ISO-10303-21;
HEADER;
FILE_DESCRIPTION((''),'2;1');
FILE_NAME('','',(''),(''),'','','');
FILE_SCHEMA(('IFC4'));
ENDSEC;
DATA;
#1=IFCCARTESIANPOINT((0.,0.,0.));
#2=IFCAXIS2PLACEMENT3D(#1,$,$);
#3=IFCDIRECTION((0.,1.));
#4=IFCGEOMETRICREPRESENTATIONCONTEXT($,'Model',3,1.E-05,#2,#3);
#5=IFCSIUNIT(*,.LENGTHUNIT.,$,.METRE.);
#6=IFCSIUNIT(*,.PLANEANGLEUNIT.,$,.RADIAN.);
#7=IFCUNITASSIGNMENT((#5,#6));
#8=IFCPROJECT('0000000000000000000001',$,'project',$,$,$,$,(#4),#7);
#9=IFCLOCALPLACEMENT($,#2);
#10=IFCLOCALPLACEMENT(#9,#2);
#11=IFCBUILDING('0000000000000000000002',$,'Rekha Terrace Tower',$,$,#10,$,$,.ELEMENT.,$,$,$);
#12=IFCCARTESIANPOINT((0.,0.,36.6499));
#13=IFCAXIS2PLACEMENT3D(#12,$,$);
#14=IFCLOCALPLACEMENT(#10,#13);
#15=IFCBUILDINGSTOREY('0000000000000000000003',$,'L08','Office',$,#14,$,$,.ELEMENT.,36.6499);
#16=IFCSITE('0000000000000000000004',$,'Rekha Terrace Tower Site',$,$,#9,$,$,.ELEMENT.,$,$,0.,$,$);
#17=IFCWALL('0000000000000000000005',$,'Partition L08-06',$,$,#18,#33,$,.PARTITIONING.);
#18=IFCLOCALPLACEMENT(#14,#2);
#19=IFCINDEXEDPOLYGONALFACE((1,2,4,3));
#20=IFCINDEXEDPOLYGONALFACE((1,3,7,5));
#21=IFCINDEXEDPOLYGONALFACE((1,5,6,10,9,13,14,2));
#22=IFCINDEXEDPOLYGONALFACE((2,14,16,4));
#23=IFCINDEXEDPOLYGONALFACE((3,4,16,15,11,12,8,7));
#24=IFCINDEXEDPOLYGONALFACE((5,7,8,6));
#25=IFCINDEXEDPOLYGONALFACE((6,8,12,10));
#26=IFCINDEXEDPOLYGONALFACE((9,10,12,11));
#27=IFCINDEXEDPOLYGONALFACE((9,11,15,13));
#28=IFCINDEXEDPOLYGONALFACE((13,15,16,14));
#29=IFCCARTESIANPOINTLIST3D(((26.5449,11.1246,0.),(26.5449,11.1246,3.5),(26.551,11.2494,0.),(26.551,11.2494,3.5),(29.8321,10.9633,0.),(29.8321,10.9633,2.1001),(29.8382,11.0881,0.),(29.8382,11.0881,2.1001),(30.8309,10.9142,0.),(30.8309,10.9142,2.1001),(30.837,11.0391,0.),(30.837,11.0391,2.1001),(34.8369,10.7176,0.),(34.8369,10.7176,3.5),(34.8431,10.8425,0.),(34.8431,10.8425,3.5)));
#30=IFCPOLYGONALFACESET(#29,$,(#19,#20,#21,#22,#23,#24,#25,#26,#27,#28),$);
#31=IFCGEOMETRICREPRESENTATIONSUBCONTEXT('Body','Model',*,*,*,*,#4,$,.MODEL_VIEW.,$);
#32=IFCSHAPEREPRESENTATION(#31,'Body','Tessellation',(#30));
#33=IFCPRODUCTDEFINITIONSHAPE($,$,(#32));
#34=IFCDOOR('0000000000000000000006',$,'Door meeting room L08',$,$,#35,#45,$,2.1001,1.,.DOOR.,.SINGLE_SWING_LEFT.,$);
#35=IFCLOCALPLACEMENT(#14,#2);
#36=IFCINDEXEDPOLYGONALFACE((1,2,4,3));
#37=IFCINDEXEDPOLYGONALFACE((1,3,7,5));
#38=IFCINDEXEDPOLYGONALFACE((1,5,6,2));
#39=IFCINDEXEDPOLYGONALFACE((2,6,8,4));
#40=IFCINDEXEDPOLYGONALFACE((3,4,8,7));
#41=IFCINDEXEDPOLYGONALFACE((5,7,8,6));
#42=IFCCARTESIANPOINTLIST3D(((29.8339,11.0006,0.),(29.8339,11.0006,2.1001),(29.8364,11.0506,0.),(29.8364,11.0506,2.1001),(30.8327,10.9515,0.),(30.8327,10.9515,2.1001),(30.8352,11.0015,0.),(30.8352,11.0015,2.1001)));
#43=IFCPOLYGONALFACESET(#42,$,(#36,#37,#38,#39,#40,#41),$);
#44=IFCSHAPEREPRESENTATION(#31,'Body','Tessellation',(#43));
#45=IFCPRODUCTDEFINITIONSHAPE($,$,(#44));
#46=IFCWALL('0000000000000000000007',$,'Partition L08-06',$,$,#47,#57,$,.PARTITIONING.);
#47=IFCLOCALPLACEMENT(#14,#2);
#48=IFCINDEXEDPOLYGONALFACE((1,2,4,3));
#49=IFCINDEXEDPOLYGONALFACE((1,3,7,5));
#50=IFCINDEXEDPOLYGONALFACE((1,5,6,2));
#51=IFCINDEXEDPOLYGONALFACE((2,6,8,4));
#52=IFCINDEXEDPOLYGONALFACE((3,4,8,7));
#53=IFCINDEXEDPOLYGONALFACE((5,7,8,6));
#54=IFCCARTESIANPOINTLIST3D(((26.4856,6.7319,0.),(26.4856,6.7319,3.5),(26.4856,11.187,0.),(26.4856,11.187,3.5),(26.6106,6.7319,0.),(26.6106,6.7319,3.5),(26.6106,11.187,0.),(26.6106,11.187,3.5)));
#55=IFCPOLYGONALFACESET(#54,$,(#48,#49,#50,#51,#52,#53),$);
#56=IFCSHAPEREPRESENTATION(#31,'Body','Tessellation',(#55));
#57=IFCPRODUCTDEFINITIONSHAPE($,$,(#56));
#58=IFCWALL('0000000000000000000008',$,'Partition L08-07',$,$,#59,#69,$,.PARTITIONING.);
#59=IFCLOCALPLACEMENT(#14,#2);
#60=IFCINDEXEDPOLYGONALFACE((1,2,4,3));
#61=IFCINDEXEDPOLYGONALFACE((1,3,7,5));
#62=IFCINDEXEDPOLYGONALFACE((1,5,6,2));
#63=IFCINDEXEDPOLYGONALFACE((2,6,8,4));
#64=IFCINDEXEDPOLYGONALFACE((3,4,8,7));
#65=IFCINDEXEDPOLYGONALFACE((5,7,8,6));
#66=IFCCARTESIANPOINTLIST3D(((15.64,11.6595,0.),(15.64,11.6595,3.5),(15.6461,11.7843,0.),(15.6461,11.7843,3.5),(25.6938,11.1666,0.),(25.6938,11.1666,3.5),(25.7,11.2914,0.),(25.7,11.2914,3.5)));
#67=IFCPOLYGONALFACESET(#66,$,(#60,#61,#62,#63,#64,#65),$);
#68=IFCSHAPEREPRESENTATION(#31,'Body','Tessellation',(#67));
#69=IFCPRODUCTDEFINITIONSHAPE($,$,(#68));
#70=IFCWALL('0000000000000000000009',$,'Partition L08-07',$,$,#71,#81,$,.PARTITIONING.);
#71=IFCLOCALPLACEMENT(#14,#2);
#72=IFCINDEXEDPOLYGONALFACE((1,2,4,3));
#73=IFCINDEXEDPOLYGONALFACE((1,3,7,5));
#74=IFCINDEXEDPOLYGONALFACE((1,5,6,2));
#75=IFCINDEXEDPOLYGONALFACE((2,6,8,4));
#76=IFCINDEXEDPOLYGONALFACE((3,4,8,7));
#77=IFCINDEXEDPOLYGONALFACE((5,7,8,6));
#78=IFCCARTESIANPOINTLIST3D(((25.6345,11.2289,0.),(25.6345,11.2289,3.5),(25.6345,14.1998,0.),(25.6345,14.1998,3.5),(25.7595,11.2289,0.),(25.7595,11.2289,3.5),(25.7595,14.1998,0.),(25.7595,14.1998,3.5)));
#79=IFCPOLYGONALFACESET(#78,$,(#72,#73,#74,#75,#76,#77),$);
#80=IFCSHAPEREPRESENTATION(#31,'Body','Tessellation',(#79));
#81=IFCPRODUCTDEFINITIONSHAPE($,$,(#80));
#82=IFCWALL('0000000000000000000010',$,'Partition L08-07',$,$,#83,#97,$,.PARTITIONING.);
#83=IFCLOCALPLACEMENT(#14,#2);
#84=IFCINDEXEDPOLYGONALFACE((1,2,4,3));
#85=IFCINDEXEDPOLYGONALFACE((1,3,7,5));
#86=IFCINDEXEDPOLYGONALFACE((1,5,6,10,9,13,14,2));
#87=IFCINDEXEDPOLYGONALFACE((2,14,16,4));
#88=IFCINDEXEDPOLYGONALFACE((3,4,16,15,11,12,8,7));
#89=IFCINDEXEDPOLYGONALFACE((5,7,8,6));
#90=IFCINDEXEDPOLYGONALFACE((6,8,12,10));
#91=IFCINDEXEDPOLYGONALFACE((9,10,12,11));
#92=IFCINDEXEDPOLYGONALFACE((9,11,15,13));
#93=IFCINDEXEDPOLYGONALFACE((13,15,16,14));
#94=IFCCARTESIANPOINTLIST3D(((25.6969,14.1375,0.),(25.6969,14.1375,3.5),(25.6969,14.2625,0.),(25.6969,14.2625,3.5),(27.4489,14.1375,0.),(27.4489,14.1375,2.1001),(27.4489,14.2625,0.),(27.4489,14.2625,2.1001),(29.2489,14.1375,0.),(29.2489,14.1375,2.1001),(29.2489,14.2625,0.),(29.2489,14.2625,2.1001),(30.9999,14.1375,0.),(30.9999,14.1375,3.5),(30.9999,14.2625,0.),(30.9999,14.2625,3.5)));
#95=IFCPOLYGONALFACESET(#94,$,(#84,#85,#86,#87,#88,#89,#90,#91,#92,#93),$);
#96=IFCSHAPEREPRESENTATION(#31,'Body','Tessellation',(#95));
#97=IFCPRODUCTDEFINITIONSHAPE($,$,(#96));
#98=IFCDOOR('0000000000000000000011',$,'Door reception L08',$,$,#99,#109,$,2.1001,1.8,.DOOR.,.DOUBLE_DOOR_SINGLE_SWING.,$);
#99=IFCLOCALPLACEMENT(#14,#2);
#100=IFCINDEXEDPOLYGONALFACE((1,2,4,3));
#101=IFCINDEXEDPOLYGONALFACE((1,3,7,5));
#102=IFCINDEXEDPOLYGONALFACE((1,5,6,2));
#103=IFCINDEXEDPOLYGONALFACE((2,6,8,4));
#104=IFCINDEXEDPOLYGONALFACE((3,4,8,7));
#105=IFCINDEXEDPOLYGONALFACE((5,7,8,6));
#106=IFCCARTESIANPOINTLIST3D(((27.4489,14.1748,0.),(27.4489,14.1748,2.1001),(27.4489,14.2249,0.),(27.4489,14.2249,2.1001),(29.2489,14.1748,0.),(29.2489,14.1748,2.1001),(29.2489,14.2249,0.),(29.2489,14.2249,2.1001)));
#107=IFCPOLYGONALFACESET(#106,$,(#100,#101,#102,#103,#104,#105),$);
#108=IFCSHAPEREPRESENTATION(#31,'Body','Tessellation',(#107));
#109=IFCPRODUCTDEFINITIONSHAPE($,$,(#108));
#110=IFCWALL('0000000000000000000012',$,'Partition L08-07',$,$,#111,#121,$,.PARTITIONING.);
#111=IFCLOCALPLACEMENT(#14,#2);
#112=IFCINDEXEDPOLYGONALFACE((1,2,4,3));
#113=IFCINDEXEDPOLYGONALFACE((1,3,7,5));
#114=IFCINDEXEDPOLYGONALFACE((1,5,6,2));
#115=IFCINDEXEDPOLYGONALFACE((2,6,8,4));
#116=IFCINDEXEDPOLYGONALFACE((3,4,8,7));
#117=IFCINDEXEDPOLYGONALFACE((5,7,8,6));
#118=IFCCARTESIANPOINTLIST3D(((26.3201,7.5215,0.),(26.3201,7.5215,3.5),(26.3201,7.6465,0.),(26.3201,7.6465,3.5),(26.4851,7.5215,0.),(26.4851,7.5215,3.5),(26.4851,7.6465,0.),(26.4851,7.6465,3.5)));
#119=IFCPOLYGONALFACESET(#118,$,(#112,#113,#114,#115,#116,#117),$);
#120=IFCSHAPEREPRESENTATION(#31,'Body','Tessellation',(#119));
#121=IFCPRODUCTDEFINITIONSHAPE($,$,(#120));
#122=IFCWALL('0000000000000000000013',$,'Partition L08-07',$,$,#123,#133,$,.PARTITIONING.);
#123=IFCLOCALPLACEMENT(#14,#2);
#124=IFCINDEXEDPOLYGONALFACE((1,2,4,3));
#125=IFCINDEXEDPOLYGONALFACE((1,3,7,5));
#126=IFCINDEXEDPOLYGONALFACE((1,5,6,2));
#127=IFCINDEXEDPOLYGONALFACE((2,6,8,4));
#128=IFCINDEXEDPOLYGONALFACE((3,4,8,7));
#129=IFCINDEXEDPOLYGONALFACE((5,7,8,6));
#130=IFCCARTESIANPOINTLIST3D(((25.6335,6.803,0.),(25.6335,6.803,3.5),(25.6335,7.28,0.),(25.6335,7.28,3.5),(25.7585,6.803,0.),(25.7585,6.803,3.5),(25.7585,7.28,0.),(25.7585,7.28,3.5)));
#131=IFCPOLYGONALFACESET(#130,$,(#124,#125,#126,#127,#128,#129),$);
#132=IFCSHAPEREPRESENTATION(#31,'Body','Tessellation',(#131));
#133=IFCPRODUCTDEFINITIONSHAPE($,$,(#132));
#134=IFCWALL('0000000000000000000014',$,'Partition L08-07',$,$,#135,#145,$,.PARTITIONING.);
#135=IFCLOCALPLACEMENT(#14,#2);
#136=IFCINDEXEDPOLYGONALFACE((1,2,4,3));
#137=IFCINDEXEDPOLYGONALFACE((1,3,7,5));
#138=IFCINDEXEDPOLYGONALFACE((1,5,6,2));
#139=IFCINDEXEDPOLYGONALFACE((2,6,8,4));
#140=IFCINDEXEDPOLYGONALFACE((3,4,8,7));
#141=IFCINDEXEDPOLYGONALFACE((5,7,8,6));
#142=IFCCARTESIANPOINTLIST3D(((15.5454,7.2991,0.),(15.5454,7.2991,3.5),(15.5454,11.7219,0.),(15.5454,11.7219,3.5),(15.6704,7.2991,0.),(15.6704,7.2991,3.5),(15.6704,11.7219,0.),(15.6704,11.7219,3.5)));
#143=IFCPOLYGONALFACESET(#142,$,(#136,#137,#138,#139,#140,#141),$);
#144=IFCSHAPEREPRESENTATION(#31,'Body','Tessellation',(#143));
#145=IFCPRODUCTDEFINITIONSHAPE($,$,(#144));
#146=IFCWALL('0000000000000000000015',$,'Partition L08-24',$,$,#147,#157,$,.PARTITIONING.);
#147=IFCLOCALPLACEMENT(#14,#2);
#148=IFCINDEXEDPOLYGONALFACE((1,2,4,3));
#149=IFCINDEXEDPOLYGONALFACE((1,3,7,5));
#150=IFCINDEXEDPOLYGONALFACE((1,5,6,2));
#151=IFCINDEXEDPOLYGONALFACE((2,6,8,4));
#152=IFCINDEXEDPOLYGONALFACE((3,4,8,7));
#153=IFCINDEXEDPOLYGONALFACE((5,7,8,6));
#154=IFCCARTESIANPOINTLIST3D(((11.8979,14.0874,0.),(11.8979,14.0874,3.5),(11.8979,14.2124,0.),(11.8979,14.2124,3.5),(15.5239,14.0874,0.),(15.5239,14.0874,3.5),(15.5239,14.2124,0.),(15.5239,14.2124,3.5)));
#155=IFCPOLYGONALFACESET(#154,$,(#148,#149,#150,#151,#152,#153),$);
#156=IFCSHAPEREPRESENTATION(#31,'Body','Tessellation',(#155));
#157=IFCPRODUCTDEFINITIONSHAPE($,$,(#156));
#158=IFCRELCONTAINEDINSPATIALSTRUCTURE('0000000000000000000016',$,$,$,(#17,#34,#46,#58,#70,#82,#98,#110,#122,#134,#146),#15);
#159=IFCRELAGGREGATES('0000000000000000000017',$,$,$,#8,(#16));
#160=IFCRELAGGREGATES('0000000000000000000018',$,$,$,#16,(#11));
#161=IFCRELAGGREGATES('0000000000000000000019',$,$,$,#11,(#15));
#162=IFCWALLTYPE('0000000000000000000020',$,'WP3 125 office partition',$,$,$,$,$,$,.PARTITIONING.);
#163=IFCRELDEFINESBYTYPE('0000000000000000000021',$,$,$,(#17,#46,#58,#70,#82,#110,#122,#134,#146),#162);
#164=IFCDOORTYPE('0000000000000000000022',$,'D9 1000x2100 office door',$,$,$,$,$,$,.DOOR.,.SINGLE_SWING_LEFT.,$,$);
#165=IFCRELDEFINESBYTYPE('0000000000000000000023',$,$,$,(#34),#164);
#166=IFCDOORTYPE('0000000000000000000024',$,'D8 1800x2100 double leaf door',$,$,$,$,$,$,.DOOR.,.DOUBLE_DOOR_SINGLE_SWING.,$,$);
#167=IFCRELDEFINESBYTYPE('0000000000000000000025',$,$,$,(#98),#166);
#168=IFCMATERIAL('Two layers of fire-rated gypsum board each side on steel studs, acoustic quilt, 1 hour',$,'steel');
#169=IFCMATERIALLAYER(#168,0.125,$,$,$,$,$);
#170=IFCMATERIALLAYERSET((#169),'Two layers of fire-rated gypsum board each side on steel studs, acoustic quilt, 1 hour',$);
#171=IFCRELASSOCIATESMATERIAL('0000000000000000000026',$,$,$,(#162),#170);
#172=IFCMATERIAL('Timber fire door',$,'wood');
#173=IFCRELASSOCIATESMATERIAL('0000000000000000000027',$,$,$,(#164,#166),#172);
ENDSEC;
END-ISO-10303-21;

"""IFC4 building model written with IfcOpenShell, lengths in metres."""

from ifc_helpers import new_model, si_unit, direction, frame, frame_2d, origin, place, context, subcontext, project, spatial, rectangle, extrude, material, layer, layer_set, type_object, element, fill, save


model = new_model("IFC4")

# Units and contexts
model_context = context("Model", 3, precision=1e-05, world=origin(), true_north=direction((0.0, 1.0)))
body_context = subcontext(model_context, "Body", "Model", "MODEL_VIEW")
ifc_project = project(units=[si_unit("LENGTHUNIT", "METRE"), si_unit("PLANEANGLEUNIT", "RADIAN")], contexts=[model_context])

# Site, building, storey
site_placement = place(None, origin())
site = spatial("IfcSite", under=ifc_project, at=site_placement, Name="Rekha Terrace Tower Site", CompositionType="ELEMENT", RefElevation=0.0)
building_placement = place(site_placement, origin())
building = spatial("IfcBuilding", under=site, at=building_placement, Name="Rekha Terrace Tower", CompositionType="ELEMENT")
storey_placement = place(building_placement, frame((0.0, 0.0, 36.6499)))
storey = spatial("IfcBuildingStorey", under=building, at=storey_placement, Name="L08", Description="Office", CompositionType="ELEMENT", Elevation=36.6499)

# Wall, opening, door
ifc_material_1 = material(Name="Two layers of fire-rated gypsum board each side on steel studs, acoustic quilt, 1 hour", Category="steel")
ifc_layer_1 = layer(ifc_material_1, 0.125)
ifc_layer_set_1 = layer_set([ifc_layer_1], Name="Two layers of fire-rated gypsum board each side on steel studs, acoustic quilt, 1 hour")
wall_type_1 = type_object("IfcWallType", Name="WP3 125 office partition", PredefinedType="PARTITIONING", material=ifc_layer_set_1)
wall_1_placement = place(storey_placement, frame((26.5481, 11.187, 0.0), z_axis=(0.0, 0.0, 1.0), x_axis=(0.998798, -0.049022, 0.0)))
wall_1 = element("IfcWall", 1, at=wall_1_placement, inside=storey, type_object=wall_type_1, Name="Partition L08-06", PredefinedType="PARTITIONING", context=body_context, shape_type="SweptSolid", body=[
    extrude(rectangle(XDim=8.302, YDim=0.125, at=frame_2d((4.1509, 0.0))), origin(), (0.0, 0.0, 1.0), 3.5),
])
opening_1_placement = place(wall_1_placement, frame((3.291, 0.0, 0.0)))
opening_1 = element("IfcOpeningElement", 2, at=opening_1_placement, cuts=wall_1, PredefinedType="OPENING", context=body_context, shape_type="SweptSolid", body=[
    extrude(rectangle(XDim=1.0, YDim=2.1001, at=frame_2d((0.5, 1.05))), frame((0.0, 0.0725, 0.0), z_axis=(0.0, -1.0, 0.0), x_axis=(1.0, 0.0, 0.0)), (0.0, 0.0, 1.0), 0.145),
])
ifc_material_2 = material(Name="Timber fire door", Category="wood")
door_type_1 = type_object("IfcDoorType", Name="D9 1000x2100 office door", OperationType="SINGLE_SWING_LEFT", PredefinedType="DOOR", material=ifc_material_2)
door_1_placement = place(opening_1_placement, origin())
door_1 = element("IfcDoor", 3, at=door_1_placement, inside=storey, type_object=door_type_1, Name="Door meeting room L08", OperationType="SINGLE_SWING_LEFT", OverallHeight=2.1001, OverallWidth=1.0, PredefinedType="DOOR", context=body_context, shape_type="SweptSolid", body=[
    extrude(rectangle(XDim=1.0, YDim=2.1001, at=frame_2d((0.5, 1.05))), frame((0.0, 0.0249, 0.0), z_axis=(0.0, -1.0, 0.0), x_axis=(1.0, 0.0, 0.0)), (0.0, 0.0, 1.0), 0.05),
])
fill(opening_1, door_1)

# Walls
wall_2_placement = place(storey_placement, frame((26.5481, 6.7319, 0.0), z_axis=(0.0, 0.0, 1.0), x_axis=(0.0, 1.0, 0.0)))
element("IfcWall", 4, at=wall_2_placement, inside=storey, type_object=wall_type_1, Name="Partition L08-06", PredefinedType="PARTITIONING", context=body_context, shape_type="SweptSolid", body=[
    extrude(rectangle(XDim=4.4551, YDim=0.125, at=frame_2d((2.2275, 0.0))), origin(), (0.0, 0.0, 1.0), 3.5),
])
wall_3_placement = place(storey_placement, frame((15.6431, 11.7219, 0.0), z_axis=(0.0, 0.0, 1.0), x_axis=(0.9988, -0.048969, 0.0)))
element("IfcWall", 5, at=wall_3_placement, inside=storey, type_object=wall_type_1, Name="Partition L08-07", PredefinedType="PARTITIONING", context=body_context, shape_type="SweptSolid", body=[
    extrude(rectangle(XDim=10.0659, YDim=0.125, at=frame_2d((5.033, 0.0))), origin(), (0.0, 0.0, 1.0), 3.5),
])
wall_4_placement = place(storey_placement, frame((25.697, 11.229, 0.0), z_axis=(0.0, 0.0, 1.0), x_axis=(0.0, 1.0, 0.0)))
element("IfcWall", 6, at=wall_4_placement, inside=storey, type_object=wall_type_1, Name="Partition L08-07", PredefinedType="PARTITIONING", context=body_context, shape_type="SweptSolid", body=[
    extrude(rectangle(XDim=2.9709, YDim=0.125, at=frame_2d((1.4854, 0.0))), origin(), (0.0, 0.0, 1.0), 3.5),
])

# Wall, opening, door
wall_5_placement = place(storey_placement, frame((25.697, 14.2, 0.0), z_axis=(0.0, 0.0, 1.0), x_axis=(1.0, 0.0, 0.0)))
wall_5 = element("IfcWall", 7, at=wall_5_placement, inside=storey, type_object=wall_type_1, Name="Partition L08-07", PredefinedType="PARTITIONING", context=body_context, shape_type="SweptSolid", body=[
    extrude(rectangle(XDim=5.303, YDim=0.125, at=frame_2d((2.6514, 0.0))), origin(), (0.0, 0.0, 1.0), 3.5),
])
opening_2_placement = place(wall_5_placement, frame((1.752, 0.0, 0.0)))
opening_2 = element("IfcOpeningElement", 8, at=opening_2_placement, cuts=wall_5, PredefinedType="OPENING", context=body_context, shape_type="SweptSolid", body=[
    extrude(rectangle(XDim=1.8, YDim=2.1001, at=frame_2d((0.8999, 1.05))), frame((0.0, 0.0725, 0.0), z_axis=(0.0, -1.0, 0.0), x_axis=(1.0, 0.0, 0.0)), (0.0, 0.0, 1.0), 0.145),
])
door_type_2 = type_object("IfcDoorType", Name="D8 1800x2100 double leaf door", OperationType="DOUBLE_DOOR_SINGLE_SWING", PredefinedType="DOOR", material=ifc_material_2)
door_2_placement = place(opening_2_placement, origin())
door_2 = element("IfcDoor", 9, at=door_2_placement, inside=storey, type_object=door_type_2, Name="Door reception L08", OperationType="DOUBLE_DOOR_SINGLE_SWING", OverallHeight=2.1001, OverallWidth=1.8, PredefinedType="DOOR", context=body_context, shape_type="SweptSolid", body=[
    extrude(rectangle(XDim=1.8, YDim=2.1001, at=frame_2d((0.8999, 1.05))), frame((0.0, 0.0249, 0.0), z_axis=(0.0, -1.0, 0.0), x_axis=(1.0, 0.0, 0.0)), (0.0, 0.0, 1.0), 0.05),
])
fill(opening_2, door_2)

# Walls
wall_6_placement = place(storey_placement, frame((26.4851, 7.584, 0.0), z_axis=(0.0, 0.0, 1.0), x_axis=(-1.0, 0.0, 0.0)))
element("IfcWall", 10, at=wall_6_placement, inside=storey, type_object=wall_type_1, Name="Partition L08-07", PredefinedType="PARTITIONING", context=body_context, shape_type="SweptSolid", body=[
    extrude(rectangle(XDim=0.165, YDim=0.125, at=frame_2d((0.0825, 0.0))), origin(), (0.0, 0.0, 1.0), 3.5),
])
wall_7_placement = place(storey_placement, frame((25.696, 7.28, 0.0), z_axis=(0.0, 0.0, 1.0), x_axis=(0.0, -1.0, 0.0)))
element("IfcWall", 11, at=wall_7_placement, inside=storey, type_object=wall_type_1, Name="Partition L08-07", PredefinedType="PARTITIONING", context=body_context, shape_type="SweptSolid", body=[
    extrude(rectangle(XDim=0.4771, YDim=0.125, at=frame_2d((0.2385, 0.0))), origin(), (0.0, 0.0, 1.0), 3.5),
])
wall_8_placement = place(storey_placement, frame((15.6079, 7.2991, 0.0), z_axis=(0.0, 0.0, 1.0), x_axis=(0.0, 1.0, 0.0)))
element("IfcWall", 12, at=wall_8_placement, inside=storey, type_object=wall_type_1, Name="Partition L08-07", PredefinedType="PARTITIONING", context=body_context, shape_type="SweptSolid", body=[
    extrude(rectangle(XDim=4.4229, YDim=0.125, at=frame_2d((2.2114, 0.0))), origin(), (0.0, 0.0, 1.0), 3.5),
])
wall_9_placement = place(storey_placement, frame((15.5239, 14.1499, 0.0), z_axis=(0.0, 0.0, 1.0), x_axis=(-1.0, 0.0, 0.0)))
element("IfcWall", 13, at=wall_9_placement, inside=storey, type_object=wall_type_1, Name="Partition L08-24", PredefinedType="PARTITIONING", context=body_context, shape_type="SweptSolid", body=[
    extrude(rectangle(XDim=3.626, YDim=0.125, at=frame_2d((1.813, 0.0))), origin(), (0.0, 0.0, 1.0), 3.5),
])

save(model, "model.ifc")
